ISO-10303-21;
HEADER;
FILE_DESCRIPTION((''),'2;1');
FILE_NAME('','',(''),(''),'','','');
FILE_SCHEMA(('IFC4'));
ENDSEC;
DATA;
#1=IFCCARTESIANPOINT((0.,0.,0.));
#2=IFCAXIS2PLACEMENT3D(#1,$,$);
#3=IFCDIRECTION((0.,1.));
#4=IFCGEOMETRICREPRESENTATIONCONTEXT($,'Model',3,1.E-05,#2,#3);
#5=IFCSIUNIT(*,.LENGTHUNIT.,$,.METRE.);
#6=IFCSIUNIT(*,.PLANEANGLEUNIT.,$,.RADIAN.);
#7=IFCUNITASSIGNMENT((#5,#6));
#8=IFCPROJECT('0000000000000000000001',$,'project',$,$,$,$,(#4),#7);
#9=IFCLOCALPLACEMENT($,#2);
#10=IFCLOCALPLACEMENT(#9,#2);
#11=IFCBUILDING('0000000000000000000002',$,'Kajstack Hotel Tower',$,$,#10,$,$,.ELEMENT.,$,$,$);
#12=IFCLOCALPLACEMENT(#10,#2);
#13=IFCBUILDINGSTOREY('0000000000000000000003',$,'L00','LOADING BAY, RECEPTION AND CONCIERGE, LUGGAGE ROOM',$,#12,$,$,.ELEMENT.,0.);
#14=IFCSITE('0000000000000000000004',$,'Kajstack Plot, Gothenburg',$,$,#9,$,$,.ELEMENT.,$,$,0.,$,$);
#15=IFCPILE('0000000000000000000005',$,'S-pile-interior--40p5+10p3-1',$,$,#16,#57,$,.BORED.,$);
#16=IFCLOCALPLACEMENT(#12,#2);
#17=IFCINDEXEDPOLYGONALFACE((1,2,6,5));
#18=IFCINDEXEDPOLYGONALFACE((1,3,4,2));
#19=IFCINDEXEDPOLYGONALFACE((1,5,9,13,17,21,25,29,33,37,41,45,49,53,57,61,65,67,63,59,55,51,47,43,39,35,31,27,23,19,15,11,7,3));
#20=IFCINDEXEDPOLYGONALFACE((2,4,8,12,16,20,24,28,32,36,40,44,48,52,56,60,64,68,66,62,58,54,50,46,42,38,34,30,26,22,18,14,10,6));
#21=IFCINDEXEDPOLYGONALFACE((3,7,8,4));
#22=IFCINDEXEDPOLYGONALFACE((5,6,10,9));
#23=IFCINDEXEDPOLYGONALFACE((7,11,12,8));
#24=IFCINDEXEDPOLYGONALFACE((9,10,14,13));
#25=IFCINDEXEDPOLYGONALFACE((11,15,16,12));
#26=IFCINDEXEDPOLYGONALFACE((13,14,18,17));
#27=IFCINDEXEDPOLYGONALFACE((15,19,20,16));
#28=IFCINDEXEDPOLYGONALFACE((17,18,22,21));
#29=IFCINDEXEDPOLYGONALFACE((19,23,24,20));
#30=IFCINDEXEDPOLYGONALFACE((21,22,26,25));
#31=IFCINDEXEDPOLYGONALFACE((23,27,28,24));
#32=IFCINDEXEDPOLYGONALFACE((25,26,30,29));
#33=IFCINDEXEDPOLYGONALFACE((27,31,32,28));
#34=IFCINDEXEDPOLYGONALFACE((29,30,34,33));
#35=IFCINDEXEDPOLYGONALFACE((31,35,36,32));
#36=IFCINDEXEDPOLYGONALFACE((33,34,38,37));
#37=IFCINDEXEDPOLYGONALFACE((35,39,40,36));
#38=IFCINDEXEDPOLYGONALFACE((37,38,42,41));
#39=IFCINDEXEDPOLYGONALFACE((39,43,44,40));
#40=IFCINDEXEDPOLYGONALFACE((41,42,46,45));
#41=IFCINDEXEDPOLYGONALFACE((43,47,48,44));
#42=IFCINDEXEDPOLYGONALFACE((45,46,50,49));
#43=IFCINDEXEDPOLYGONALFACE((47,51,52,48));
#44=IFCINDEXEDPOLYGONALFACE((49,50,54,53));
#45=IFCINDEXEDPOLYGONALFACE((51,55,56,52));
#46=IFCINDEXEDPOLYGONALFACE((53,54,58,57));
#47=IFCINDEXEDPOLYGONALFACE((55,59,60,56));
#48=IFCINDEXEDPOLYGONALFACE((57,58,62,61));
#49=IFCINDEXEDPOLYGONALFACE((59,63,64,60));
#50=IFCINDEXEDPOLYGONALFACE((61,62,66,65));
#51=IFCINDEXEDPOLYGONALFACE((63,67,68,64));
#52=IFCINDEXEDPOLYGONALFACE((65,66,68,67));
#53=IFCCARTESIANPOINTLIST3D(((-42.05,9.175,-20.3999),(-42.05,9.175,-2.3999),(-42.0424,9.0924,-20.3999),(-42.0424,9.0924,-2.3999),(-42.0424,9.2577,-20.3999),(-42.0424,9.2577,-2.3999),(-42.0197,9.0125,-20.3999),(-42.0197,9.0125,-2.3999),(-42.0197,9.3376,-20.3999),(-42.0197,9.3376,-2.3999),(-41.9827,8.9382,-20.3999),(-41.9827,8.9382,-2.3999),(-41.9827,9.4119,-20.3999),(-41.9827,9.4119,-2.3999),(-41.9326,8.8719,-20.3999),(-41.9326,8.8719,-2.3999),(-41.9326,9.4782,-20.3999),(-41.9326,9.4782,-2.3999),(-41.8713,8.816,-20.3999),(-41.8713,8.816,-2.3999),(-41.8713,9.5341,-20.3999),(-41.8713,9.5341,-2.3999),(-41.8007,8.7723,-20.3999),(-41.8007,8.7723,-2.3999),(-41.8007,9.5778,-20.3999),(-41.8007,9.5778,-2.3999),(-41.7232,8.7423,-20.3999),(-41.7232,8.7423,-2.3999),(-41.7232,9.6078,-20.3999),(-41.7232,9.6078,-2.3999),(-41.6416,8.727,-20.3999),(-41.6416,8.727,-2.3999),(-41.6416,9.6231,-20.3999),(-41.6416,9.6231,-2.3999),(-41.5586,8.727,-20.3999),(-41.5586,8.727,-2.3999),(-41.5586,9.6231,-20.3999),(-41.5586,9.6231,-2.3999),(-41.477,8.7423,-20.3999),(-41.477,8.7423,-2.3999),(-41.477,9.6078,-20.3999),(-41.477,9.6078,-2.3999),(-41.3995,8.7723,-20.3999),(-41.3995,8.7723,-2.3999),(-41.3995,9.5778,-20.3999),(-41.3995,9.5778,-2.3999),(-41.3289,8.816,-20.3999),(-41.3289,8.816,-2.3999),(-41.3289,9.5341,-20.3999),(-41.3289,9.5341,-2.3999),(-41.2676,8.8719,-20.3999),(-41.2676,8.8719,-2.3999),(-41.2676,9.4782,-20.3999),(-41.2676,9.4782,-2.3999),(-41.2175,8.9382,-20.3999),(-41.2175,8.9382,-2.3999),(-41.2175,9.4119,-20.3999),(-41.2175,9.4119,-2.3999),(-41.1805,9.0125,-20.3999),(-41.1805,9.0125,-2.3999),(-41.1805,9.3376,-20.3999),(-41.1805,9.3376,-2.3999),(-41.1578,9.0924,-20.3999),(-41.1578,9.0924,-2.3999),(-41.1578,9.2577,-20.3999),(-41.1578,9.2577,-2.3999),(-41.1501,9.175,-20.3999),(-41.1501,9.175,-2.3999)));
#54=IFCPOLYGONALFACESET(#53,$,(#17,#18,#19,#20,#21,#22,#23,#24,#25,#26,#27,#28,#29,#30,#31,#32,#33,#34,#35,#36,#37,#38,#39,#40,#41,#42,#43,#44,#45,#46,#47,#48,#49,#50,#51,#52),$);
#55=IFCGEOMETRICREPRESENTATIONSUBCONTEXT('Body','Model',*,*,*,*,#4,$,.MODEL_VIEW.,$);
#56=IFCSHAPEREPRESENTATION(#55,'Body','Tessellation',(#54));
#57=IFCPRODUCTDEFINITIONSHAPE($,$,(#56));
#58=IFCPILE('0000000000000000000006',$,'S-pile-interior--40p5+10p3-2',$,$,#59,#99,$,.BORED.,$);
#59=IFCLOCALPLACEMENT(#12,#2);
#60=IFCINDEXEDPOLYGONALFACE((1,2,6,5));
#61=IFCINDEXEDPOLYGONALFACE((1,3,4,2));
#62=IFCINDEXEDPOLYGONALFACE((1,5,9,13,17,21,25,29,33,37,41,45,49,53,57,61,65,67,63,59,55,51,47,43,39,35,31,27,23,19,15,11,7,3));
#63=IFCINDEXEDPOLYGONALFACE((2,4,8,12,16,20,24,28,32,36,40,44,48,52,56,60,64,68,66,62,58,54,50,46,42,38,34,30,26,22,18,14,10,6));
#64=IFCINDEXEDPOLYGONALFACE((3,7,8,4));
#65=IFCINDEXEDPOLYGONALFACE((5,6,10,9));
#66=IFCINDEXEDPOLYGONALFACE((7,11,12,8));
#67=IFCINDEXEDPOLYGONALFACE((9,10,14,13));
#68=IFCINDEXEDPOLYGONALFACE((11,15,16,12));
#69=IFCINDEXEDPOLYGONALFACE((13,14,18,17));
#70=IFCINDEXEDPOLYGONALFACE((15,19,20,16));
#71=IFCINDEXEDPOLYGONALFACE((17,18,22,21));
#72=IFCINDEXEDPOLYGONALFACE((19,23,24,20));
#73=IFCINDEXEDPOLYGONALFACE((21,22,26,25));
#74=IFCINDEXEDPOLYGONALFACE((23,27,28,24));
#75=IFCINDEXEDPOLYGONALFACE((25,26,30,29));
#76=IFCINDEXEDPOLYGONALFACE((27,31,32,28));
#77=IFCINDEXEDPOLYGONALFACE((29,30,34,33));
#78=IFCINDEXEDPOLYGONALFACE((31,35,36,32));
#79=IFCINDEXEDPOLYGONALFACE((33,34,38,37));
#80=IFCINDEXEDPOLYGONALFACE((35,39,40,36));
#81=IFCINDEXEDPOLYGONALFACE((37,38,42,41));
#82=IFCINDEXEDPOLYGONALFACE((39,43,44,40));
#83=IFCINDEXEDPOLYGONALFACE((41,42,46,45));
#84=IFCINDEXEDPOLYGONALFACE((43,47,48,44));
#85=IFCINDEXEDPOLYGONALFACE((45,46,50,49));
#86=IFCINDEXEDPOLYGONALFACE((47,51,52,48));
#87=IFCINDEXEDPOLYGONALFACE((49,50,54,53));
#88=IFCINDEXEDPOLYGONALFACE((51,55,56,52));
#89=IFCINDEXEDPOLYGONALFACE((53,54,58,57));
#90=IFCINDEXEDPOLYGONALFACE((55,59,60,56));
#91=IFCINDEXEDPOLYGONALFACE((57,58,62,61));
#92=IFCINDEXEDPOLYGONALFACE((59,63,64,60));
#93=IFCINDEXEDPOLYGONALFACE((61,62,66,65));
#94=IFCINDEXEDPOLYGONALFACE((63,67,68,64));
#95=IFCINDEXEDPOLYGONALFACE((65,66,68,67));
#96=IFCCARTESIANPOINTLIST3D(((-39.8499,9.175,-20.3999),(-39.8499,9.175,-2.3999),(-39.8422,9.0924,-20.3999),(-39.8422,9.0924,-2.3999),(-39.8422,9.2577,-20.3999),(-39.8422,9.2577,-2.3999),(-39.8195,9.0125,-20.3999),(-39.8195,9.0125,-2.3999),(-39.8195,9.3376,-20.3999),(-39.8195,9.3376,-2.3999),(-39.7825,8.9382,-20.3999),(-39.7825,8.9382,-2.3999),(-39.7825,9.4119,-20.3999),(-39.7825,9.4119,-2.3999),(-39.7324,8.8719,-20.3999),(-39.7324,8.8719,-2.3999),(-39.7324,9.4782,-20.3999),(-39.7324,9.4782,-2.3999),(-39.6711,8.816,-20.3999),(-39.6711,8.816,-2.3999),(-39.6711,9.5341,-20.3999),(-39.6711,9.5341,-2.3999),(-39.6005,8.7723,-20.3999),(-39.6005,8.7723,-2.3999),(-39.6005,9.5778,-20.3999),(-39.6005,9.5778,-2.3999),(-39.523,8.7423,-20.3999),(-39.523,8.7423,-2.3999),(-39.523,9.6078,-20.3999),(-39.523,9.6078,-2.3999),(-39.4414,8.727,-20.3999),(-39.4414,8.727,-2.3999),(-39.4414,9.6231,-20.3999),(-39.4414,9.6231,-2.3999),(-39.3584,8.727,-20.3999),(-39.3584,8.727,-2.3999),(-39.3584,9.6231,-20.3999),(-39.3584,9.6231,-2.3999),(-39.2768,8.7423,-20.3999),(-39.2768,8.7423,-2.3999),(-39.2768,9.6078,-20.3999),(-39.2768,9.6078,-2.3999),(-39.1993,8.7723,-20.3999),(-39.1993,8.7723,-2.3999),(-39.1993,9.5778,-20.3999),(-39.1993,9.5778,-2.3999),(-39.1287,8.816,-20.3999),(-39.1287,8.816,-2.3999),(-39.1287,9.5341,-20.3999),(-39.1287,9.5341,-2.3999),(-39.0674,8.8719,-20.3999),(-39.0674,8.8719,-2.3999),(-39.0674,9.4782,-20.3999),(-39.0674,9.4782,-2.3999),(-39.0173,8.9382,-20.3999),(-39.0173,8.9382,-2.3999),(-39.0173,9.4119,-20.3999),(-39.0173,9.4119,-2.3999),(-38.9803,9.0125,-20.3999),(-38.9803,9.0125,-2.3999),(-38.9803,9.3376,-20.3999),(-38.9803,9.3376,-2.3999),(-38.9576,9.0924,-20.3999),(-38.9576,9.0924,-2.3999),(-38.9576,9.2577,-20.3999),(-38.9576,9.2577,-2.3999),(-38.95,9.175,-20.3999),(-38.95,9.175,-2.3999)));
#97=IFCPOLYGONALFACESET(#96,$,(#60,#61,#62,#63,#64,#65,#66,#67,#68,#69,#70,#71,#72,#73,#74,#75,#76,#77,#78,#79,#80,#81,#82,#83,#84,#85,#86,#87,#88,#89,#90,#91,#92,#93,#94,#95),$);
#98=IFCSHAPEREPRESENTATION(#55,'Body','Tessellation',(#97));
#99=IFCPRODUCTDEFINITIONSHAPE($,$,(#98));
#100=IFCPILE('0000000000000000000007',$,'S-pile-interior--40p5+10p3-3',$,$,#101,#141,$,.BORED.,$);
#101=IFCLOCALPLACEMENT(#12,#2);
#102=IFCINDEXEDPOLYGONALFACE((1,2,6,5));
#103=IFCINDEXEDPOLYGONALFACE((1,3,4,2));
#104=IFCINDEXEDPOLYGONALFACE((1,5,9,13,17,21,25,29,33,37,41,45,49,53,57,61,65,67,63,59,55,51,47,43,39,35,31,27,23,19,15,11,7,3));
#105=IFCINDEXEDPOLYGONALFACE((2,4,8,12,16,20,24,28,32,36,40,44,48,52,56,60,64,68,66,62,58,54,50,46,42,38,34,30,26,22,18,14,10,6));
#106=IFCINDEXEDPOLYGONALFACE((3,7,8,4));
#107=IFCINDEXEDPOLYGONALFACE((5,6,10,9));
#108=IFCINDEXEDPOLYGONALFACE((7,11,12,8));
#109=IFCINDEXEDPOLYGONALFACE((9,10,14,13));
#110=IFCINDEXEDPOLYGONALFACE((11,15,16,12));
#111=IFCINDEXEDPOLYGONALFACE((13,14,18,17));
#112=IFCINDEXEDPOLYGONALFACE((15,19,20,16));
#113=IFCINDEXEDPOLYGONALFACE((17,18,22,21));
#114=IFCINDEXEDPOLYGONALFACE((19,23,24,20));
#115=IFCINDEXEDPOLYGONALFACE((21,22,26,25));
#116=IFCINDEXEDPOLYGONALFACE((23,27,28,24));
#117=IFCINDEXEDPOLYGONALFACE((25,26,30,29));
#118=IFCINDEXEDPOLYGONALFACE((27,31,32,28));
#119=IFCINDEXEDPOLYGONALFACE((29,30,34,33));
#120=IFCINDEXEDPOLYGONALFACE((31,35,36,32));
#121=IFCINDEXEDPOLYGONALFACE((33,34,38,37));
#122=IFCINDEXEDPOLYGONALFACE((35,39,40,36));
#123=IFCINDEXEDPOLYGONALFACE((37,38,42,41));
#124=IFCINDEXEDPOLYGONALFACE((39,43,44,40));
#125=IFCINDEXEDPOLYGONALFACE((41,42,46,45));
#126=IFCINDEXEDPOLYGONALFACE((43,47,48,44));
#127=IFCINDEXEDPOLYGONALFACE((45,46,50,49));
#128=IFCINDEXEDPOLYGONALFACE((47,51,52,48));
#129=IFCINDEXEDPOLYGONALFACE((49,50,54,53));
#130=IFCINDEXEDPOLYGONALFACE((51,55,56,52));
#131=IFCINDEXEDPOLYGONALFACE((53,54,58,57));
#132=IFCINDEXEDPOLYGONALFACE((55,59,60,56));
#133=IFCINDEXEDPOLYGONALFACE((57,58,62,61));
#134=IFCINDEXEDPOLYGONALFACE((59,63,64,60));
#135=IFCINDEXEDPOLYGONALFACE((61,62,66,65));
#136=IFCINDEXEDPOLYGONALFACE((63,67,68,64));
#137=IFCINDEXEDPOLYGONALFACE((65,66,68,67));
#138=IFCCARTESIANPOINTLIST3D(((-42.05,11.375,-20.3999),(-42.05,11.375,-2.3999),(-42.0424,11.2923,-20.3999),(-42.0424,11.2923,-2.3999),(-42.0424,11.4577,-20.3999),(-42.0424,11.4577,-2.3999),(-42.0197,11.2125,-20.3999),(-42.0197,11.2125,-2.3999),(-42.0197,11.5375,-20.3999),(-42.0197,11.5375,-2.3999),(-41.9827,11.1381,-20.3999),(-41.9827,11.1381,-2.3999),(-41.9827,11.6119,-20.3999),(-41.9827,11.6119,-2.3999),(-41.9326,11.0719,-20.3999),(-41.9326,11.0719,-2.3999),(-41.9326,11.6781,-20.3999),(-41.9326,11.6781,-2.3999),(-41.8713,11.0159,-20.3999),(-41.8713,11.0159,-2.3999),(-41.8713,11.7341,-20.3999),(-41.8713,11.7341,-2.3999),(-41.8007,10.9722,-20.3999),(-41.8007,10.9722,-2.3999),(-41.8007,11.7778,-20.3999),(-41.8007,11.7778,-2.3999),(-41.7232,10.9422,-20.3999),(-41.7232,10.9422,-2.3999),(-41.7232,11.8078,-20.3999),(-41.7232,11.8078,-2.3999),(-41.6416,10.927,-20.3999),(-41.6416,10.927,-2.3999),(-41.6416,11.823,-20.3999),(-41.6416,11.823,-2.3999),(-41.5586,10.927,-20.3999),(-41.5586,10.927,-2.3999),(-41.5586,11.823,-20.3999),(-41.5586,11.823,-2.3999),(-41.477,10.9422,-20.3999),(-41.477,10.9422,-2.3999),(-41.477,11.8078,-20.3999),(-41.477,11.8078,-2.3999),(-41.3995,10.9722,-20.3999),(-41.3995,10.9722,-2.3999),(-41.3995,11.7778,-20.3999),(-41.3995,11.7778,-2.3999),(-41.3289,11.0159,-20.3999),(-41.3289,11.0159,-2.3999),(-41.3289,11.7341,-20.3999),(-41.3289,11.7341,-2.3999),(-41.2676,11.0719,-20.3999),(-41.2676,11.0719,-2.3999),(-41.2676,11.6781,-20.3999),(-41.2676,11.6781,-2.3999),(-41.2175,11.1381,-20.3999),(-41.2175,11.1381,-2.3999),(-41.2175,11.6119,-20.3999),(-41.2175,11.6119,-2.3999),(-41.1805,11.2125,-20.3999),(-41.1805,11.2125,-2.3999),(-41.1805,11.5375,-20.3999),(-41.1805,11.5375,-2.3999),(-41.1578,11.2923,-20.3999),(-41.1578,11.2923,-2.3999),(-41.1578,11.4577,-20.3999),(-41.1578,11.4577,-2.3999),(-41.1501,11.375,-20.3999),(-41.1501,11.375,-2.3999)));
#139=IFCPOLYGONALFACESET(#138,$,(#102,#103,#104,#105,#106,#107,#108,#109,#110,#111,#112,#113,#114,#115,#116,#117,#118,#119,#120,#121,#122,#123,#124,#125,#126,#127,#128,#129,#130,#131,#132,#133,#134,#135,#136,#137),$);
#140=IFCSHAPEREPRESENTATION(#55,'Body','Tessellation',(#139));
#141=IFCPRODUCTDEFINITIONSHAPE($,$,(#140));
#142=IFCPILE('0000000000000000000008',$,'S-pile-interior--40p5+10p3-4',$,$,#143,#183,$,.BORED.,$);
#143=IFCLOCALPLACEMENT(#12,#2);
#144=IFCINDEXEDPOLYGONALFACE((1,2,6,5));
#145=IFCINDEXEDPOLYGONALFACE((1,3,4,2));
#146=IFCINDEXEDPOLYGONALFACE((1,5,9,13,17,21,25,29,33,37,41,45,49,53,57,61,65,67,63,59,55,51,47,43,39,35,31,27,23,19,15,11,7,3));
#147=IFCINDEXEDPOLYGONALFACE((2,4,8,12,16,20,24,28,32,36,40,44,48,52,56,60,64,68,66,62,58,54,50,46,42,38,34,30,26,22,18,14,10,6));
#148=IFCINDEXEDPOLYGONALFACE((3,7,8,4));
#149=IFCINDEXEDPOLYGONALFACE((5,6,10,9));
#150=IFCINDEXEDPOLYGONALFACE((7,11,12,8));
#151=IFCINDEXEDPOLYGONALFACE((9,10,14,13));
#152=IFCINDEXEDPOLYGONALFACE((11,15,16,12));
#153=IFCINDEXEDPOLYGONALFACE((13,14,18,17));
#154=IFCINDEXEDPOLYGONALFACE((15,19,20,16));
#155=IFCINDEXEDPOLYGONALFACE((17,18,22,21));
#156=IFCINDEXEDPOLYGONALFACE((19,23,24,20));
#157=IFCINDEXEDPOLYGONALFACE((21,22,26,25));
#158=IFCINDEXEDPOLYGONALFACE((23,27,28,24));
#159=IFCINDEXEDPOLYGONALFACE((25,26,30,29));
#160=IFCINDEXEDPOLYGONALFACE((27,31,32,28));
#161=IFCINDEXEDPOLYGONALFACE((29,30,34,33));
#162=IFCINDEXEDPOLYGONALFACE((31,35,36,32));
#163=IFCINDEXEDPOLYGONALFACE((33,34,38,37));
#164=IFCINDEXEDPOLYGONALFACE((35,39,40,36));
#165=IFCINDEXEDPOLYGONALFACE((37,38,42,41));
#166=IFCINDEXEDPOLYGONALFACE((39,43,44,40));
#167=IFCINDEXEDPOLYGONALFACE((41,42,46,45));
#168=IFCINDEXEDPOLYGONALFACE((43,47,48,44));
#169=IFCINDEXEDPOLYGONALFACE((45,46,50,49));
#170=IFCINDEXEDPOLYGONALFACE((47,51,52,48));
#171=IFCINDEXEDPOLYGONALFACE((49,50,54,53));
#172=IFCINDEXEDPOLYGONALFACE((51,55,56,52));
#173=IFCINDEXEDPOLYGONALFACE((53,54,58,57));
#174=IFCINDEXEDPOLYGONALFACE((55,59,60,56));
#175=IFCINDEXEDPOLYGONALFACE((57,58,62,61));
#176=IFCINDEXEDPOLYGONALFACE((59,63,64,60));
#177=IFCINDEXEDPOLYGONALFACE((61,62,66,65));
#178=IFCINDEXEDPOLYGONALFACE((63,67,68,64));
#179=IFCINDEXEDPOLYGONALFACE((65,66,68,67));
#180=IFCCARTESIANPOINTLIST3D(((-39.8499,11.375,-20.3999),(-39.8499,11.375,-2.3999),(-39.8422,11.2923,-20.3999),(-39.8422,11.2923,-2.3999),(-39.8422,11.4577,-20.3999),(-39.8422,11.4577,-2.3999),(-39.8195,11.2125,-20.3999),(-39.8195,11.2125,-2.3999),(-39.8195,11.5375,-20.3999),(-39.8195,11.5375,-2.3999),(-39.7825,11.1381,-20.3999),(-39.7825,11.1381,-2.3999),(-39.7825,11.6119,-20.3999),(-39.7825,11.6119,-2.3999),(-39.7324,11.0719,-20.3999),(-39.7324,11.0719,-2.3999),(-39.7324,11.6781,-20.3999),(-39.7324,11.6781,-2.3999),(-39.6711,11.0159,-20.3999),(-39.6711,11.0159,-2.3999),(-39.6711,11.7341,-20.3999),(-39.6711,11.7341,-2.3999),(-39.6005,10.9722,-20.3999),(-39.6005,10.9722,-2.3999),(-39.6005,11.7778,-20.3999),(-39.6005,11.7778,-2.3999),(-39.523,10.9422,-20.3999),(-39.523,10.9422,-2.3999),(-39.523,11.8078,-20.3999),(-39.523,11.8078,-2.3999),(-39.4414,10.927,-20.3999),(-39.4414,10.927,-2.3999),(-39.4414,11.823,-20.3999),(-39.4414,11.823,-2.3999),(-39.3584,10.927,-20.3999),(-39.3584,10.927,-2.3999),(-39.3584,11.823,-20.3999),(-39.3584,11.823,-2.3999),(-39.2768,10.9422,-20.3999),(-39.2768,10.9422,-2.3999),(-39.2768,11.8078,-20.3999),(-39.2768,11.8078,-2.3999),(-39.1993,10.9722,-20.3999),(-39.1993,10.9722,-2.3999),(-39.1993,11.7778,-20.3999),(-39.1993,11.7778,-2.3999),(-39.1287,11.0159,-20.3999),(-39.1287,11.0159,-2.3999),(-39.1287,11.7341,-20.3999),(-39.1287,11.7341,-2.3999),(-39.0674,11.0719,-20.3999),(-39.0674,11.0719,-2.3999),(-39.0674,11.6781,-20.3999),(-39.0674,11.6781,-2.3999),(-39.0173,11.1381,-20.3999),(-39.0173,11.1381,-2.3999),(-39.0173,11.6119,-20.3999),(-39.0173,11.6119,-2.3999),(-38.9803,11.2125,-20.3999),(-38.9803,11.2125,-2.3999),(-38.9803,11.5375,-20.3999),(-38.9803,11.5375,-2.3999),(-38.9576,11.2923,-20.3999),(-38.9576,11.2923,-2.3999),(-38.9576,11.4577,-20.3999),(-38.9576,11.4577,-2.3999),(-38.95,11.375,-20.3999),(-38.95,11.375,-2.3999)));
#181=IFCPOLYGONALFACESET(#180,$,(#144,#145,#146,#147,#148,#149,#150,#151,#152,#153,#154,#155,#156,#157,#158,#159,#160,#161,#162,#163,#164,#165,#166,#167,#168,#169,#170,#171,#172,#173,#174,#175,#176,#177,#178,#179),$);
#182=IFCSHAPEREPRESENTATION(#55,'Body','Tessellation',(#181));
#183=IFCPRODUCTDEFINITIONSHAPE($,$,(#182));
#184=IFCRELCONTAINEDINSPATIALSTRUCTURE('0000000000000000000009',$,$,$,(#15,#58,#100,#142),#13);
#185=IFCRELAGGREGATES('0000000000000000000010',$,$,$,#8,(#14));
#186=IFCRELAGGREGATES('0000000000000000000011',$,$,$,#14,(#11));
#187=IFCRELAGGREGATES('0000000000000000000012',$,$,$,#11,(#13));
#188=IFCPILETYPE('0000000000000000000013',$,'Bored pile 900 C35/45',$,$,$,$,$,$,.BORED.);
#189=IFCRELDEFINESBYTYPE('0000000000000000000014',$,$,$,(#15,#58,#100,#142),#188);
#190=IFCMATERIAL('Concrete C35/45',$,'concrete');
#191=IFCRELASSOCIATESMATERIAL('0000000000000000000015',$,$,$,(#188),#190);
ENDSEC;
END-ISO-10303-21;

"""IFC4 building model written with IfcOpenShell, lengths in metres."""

from ifc_helpers import new_model, si_unit, direction, frame, origin, origin_2d, place, context, subcontext, project, spatial, circle, extrude, material, material_profile, profile_set, type_object, element, save


model = new_model("IFC4")

# Units and contexts
model_context = context("Model", 3, precision=1e-05, world=origin(), true_north=direction((0.0, 1.0)))
body_context = subcontext(model_context, "Body", "Model", "MODEL_VIEW")
ifc_project = project(units=[si_unit("LENGTHUNIT", "METRE"), si_unit("PLANEANGLEUNIT", "RADIAN")], contexts=[model_context])

# Site, building, storey
site_placement = place(None, origin())
site = spatial("IfcSite", under=ifc_project, at=site_placement, Name="Kajstack Plot, Gothenburg", CompositionType="ELEMENT", RefElevation=0.0)
building_placement = place(site_placement, origin())
building = spatial("IfcBuilding", under=site, at=building_placement, Name="Kajstack Hotel Tower", CompositionType="ELEMENT")
storey_placement = place(building_placement, origin())
storey = spatial("IfcBuildingStorey", under=building, at=storey_placement, Name="L00", Description="LOADING BAY, RECEPTION AND CONCIERGE, LUGGAGE ROOM", CompositionType="ELEMENT", Elevation=0.0)

# Piles
ifc_material_1 = material(Name="Concrete C35/45", Category="concrete")
ifc_material_profile_1 = material_profile(ifc_material_1, circle(Radius=0.45, at=origin_2d()), Name="RC round 900")
ifc_profile_set_1 = profile_set([ifc_material_profile_1], Name="Concrete C35/45")
pile_type_1 = type_object("IfcPileType", Name="Bored pile 900 C35/45", PredefinedType="BORED", material=ifc_profile_set_1)
for number, where, z_axis, x_axis, name in (
    (1, (-41.6001, 9.175, -2.3999), (0.0, 0.0, -1.0), (1.0, 0.0, 0.0), "S-pile-interior--40p5+10p3-1"),
    (2, (-39.3999, 9.175, -2.3999), (0.0, 0.0, -1.0), (1.0, 0.0, 0.0), "S-pile-interior--40p5+10p3-2"),
    (3, (-41.6001, 11.375, -2.3999), (0.0, 0.0, -1.0), (1.0, 0.0, 0.0), "S-pile-interior--40p5+10p3-3"),
    (4, (-39.3999, 11.375, -2.3999), (0.0, 0.0, -1.0), (1.0, 0.0, 0.0), "S-pile-interior--40p5+10p3-4"),
):
    element("IfcPile", number, at=place(storey_placement, frame(where, z_axis=z_axis, x_axis=x_axis)), inside=storey, type_object=pile_type_1, Name=name, PredefinedType="BORED", context=body_context, shape_type="SweptSolid", body=[
        extrude(circle(Radius=0.45, at=origin_2d()), origin(), (0.0, 0.0, 1.0), 18.0),
    ])

save(model, "model.ifc")
